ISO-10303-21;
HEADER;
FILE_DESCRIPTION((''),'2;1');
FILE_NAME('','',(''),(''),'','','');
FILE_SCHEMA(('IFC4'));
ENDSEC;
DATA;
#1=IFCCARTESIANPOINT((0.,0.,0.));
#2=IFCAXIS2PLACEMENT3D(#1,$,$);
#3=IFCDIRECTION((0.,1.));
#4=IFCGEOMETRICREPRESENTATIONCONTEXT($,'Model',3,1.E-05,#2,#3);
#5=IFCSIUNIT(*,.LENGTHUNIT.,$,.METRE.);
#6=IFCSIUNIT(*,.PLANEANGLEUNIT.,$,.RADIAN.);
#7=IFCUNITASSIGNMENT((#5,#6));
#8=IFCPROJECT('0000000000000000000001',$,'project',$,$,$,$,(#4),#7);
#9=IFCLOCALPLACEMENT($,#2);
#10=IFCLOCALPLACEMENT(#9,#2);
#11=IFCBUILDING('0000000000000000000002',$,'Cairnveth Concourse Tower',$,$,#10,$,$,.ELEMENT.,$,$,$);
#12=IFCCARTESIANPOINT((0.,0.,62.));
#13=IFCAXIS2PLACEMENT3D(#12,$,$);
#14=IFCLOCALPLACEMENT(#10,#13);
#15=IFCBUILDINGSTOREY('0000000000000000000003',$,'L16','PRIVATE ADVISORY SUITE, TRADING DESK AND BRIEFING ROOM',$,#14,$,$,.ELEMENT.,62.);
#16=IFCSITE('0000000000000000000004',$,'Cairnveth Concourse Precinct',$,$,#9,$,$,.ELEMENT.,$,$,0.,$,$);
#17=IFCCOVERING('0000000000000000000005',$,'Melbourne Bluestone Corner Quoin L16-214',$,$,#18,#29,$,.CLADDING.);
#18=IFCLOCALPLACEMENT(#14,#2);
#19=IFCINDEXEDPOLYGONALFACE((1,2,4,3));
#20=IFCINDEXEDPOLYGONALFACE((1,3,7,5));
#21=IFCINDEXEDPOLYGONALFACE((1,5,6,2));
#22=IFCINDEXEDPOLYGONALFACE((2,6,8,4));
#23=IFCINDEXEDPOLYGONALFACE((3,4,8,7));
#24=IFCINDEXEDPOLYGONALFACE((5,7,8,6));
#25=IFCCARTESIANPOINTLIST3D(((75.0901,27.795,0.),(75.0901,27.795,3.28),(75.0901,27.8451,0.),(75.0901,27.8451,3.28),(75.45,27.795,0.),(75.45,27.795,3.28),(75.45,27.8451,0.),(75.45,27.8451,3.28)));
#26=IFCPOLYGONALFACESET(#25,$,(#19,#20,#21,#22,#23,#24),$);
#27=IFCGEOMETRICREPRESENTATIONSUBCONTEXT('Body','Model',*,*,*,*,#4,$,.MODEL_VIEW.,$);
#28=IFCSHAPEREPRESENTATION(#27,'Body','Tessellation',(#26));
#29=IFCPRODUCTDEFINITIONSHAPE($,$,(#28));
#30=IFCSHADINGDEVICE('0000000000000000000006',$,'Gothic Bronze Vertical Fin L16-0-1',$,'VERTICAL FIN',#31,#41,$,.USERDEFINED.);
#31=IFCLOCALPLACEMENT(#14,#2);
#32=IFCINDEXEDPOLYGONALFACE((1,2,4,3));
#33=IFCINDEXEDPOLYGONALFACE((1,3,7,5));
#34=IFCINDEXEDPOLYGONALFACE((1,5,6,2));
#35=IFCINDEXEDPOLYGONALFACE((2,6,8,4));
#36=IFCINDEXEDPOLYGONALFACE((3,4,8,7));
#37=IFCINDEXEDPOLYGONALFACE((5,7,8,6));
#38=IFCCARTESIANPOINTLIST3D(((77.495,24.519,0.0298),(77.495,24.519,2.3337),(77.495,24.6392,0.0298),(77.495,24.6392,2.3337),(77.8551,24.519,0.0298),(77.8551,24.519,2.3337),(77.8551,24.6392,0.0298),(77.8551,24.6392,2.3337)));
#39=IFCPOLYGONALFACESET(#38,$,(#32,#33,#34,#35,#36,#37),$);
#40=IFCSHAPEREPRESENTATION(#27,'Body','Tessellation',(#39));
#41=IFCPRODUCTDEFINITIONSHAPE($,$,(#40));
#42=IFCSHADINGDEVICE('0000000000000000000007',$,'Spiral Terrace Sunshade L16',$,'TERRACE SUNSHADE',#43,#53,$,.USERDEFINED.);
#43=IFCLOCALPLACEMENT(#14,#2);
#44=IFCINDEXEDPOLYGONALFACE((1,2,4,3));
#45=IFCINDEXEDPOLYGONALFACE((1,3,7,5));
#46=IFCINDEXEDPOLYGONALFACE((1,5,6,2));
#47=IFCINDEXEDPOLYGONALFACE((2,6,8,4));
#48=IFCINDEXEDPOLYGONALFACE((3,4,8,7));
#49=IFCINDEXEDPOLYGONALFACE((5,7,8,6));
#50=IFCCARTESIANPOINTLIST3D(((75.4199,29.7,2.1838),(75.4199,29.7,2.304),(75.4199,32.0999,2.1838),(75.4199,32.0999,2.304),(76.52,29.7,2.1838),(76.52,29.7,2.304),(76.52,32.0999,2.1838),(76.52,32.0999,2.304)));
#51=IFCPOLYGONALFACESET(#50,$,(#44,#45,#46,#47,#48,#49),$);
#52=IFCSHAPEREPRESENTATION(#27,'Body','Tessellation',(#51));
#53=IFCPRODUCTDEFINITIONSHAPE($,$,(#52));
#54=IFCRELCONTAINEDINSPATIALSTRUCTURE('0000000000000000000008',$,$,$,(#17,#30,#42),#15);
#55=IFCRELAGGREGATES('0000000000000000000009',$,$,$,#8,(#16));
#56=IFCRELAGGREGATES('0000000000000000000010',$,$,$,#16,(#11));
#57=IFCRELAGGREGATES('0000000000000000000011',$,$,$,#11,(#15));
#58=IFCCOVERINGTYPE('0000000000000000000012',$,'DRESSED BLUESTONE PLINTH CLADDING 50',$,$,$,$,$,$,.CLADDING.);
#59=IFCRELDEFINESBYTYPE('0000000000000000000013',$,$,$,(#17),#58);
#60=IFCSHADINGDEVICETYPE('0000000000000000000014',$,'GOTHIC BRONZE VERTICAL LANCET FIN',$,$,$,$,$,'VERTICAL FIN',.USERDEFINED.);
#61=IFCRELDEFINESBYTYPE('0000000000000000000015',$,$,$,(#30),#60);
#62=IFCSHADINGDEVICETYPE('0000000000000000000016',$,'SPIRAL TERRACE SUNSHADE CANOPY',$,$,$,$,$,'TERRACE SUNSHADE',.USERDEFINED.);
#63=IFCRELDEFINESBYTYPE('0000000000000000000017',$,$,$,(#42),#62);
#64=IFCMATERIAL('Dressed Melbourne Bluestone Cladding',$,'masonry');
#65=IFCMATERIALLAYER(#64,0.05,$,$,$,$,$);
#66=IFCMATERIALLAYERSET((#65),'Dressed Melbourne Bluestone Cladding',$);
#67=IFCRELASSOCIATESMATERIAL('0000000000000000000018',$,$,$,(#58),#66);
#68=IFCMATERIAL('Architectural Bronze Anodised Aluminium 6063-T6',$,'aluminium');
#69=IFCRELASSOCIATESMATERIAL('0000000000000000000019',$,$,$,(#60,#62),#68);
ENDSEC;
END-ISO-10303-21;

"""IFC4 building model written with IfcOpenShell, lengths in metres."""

from ifc_helpers import new_model, si_unit, direction, frame, frame_2d, origin, origin_2d, place, context, subcontext, project, spatial, rectangle, extrude, material, layer, layer_set, type_object, element, save


model = new_model("IFC4")

# Units and contexts
model_context = context("Model", 3, precision=1e-05, world=origin(), true_north=direction((0.0, 1.0)))
body_context = subcontext(model_context, "Body", "Model", "MODEL_VIEW")
ifc_project = project(units=[si_unit("LENGTHUNIT", "METRE"), si_unit("PLANEANGLEUNIT", "RADIAN")], contexts=[model_context])

# Site, building, storey
site_placement = place(None, origin())
site = spatial("IfcSite", under=ifc_project, at=site_placement, Name="Cairnveth Concourse Precinct", CompositionType="ELEMENT", RefElevation=0.0)
building_placement = place(site_placement, origin())
building = spatial("IfcBuilding", under=site, at=building_placement, Name="Cairnveth Concourse Tower", CompositionType="ELEMENT")
storey_placement = place(building_placement, frame((0.0, 0.0, 62.0)))
storey = spatial("IfcBuildingStorey", under=building, at=storey_placement, Name="L16", Description="PRIVATE ADVISORY SUITE, TRADING DESK AND BRIEFING ROOM", CompositionType="ELEMENT", Elevation=62.0)

# Shared definitions
ifc_material_1 = material(Name="Dressed Melbourne Bluestone Cladding", Category="masonry")

# Shared definitions
ifc_material_2 = material(Name="Architectural Bronze Anodised Aluminium 6063-T6", Category="aluminium")

# Covering
ifc_layer_1 = layer(ifc_material_1, 0.05)
ifc_layer_set_1 = layer_set([ifc_layer_1], Name="Dressed Melbourne Bluestone Cladding")
covering_type = type_object("IfcCoveringType", Name="DRESSED BLUESTONE PLINTH CLADDING 50", PredefinedType="CLADDING", material=ifc_layer_set_1)
for number, where, z_axis, x_axis, name in (
    (1, (75.0901, 27.8201, 0.0), (0.0, 0.0, 1.0), (1.0, 0.0, 0.0), "Melbourne Bluestone Corner Quoin L16-214"),
):
    element("IfcCovering", number, at=place(storey_placement, frame(where, z_axis=z_axis, x_axis=x_axis)), inside=storey, type_object=covering_type, Name=name, PredefinedType="CLADDING", context=body_context, shape_type="SweptSolid", body=[
        extrude(rectangle(XDim=0.3599, YDim=0.05, at=frame_2d((0.1799, 0.0))), origin(), (0.0, 0.0, 1.0), 3.28),
    ])

# Shading devices
shading_device_type_1 = type_object("IfcShadingDeviceType", Name="GOTHIC BRONZE VERTICAL LANCET FIN", ElementType="VERTICAL FIN", PredefinedType="USERDEFINED", material=ifc_material_2)
shading_device_1_placement = place(storey_placement, frame((77.675, 24.5791, 0.0298), z_axis=(0.0, 0.0, 1.0), x_axis=(0.0, 1.0, 0.0)))
element("IfcShadingDevice", 2, at=shading_device_1_placement, inside=storey, type_object=shading_device_type_1, Name="Gothic Bronze Vertical Fin L16-0-1", ObjectType="VERTICAL FIN", PredefinedType="USERDEFINED", context=body_context, shape_type="SweptSolid", body=[
    extrude(rectangle(XDim=0.1201, YDim=0.3601, at=origin_2d()), origin(), (0.0, 0.0, 1.0), 2.304),
])
shading_device_type_2 = type_object("IfcShadingDeviceType", Name="SPIRAL TERRACE SUNSHADE CANOPY", ElementType="TERRACE SUNSHADE", PredefinedType="USERDEFINED", material=ifc_material_2)
shading_device_2_placement = place(storey_placement, frame((75.97, 30.8999, 2.1838), z_axis=(0.0, 0.0, 1.0), x_axis=(1.0, 0.0, 0.0)))
element("IfcShadingDevice", 3, at=shading_device_2_placement, inside=storey, type_object=shading_device_type_2, Name="Spiral Terrace Sunshade L16", ObjectType="TERRACE SUNSHADE", PredefinedType="USERDEFINED", context=body_context, shape_type="SweptSolid", body=[
    extrude(rectangle(XDim=1.1001, YDim=2.3999, at=origin_2d()), origin(), (0.0, 0.0, 1.0), 0.1201),
])

save(model, "model.ifc")
